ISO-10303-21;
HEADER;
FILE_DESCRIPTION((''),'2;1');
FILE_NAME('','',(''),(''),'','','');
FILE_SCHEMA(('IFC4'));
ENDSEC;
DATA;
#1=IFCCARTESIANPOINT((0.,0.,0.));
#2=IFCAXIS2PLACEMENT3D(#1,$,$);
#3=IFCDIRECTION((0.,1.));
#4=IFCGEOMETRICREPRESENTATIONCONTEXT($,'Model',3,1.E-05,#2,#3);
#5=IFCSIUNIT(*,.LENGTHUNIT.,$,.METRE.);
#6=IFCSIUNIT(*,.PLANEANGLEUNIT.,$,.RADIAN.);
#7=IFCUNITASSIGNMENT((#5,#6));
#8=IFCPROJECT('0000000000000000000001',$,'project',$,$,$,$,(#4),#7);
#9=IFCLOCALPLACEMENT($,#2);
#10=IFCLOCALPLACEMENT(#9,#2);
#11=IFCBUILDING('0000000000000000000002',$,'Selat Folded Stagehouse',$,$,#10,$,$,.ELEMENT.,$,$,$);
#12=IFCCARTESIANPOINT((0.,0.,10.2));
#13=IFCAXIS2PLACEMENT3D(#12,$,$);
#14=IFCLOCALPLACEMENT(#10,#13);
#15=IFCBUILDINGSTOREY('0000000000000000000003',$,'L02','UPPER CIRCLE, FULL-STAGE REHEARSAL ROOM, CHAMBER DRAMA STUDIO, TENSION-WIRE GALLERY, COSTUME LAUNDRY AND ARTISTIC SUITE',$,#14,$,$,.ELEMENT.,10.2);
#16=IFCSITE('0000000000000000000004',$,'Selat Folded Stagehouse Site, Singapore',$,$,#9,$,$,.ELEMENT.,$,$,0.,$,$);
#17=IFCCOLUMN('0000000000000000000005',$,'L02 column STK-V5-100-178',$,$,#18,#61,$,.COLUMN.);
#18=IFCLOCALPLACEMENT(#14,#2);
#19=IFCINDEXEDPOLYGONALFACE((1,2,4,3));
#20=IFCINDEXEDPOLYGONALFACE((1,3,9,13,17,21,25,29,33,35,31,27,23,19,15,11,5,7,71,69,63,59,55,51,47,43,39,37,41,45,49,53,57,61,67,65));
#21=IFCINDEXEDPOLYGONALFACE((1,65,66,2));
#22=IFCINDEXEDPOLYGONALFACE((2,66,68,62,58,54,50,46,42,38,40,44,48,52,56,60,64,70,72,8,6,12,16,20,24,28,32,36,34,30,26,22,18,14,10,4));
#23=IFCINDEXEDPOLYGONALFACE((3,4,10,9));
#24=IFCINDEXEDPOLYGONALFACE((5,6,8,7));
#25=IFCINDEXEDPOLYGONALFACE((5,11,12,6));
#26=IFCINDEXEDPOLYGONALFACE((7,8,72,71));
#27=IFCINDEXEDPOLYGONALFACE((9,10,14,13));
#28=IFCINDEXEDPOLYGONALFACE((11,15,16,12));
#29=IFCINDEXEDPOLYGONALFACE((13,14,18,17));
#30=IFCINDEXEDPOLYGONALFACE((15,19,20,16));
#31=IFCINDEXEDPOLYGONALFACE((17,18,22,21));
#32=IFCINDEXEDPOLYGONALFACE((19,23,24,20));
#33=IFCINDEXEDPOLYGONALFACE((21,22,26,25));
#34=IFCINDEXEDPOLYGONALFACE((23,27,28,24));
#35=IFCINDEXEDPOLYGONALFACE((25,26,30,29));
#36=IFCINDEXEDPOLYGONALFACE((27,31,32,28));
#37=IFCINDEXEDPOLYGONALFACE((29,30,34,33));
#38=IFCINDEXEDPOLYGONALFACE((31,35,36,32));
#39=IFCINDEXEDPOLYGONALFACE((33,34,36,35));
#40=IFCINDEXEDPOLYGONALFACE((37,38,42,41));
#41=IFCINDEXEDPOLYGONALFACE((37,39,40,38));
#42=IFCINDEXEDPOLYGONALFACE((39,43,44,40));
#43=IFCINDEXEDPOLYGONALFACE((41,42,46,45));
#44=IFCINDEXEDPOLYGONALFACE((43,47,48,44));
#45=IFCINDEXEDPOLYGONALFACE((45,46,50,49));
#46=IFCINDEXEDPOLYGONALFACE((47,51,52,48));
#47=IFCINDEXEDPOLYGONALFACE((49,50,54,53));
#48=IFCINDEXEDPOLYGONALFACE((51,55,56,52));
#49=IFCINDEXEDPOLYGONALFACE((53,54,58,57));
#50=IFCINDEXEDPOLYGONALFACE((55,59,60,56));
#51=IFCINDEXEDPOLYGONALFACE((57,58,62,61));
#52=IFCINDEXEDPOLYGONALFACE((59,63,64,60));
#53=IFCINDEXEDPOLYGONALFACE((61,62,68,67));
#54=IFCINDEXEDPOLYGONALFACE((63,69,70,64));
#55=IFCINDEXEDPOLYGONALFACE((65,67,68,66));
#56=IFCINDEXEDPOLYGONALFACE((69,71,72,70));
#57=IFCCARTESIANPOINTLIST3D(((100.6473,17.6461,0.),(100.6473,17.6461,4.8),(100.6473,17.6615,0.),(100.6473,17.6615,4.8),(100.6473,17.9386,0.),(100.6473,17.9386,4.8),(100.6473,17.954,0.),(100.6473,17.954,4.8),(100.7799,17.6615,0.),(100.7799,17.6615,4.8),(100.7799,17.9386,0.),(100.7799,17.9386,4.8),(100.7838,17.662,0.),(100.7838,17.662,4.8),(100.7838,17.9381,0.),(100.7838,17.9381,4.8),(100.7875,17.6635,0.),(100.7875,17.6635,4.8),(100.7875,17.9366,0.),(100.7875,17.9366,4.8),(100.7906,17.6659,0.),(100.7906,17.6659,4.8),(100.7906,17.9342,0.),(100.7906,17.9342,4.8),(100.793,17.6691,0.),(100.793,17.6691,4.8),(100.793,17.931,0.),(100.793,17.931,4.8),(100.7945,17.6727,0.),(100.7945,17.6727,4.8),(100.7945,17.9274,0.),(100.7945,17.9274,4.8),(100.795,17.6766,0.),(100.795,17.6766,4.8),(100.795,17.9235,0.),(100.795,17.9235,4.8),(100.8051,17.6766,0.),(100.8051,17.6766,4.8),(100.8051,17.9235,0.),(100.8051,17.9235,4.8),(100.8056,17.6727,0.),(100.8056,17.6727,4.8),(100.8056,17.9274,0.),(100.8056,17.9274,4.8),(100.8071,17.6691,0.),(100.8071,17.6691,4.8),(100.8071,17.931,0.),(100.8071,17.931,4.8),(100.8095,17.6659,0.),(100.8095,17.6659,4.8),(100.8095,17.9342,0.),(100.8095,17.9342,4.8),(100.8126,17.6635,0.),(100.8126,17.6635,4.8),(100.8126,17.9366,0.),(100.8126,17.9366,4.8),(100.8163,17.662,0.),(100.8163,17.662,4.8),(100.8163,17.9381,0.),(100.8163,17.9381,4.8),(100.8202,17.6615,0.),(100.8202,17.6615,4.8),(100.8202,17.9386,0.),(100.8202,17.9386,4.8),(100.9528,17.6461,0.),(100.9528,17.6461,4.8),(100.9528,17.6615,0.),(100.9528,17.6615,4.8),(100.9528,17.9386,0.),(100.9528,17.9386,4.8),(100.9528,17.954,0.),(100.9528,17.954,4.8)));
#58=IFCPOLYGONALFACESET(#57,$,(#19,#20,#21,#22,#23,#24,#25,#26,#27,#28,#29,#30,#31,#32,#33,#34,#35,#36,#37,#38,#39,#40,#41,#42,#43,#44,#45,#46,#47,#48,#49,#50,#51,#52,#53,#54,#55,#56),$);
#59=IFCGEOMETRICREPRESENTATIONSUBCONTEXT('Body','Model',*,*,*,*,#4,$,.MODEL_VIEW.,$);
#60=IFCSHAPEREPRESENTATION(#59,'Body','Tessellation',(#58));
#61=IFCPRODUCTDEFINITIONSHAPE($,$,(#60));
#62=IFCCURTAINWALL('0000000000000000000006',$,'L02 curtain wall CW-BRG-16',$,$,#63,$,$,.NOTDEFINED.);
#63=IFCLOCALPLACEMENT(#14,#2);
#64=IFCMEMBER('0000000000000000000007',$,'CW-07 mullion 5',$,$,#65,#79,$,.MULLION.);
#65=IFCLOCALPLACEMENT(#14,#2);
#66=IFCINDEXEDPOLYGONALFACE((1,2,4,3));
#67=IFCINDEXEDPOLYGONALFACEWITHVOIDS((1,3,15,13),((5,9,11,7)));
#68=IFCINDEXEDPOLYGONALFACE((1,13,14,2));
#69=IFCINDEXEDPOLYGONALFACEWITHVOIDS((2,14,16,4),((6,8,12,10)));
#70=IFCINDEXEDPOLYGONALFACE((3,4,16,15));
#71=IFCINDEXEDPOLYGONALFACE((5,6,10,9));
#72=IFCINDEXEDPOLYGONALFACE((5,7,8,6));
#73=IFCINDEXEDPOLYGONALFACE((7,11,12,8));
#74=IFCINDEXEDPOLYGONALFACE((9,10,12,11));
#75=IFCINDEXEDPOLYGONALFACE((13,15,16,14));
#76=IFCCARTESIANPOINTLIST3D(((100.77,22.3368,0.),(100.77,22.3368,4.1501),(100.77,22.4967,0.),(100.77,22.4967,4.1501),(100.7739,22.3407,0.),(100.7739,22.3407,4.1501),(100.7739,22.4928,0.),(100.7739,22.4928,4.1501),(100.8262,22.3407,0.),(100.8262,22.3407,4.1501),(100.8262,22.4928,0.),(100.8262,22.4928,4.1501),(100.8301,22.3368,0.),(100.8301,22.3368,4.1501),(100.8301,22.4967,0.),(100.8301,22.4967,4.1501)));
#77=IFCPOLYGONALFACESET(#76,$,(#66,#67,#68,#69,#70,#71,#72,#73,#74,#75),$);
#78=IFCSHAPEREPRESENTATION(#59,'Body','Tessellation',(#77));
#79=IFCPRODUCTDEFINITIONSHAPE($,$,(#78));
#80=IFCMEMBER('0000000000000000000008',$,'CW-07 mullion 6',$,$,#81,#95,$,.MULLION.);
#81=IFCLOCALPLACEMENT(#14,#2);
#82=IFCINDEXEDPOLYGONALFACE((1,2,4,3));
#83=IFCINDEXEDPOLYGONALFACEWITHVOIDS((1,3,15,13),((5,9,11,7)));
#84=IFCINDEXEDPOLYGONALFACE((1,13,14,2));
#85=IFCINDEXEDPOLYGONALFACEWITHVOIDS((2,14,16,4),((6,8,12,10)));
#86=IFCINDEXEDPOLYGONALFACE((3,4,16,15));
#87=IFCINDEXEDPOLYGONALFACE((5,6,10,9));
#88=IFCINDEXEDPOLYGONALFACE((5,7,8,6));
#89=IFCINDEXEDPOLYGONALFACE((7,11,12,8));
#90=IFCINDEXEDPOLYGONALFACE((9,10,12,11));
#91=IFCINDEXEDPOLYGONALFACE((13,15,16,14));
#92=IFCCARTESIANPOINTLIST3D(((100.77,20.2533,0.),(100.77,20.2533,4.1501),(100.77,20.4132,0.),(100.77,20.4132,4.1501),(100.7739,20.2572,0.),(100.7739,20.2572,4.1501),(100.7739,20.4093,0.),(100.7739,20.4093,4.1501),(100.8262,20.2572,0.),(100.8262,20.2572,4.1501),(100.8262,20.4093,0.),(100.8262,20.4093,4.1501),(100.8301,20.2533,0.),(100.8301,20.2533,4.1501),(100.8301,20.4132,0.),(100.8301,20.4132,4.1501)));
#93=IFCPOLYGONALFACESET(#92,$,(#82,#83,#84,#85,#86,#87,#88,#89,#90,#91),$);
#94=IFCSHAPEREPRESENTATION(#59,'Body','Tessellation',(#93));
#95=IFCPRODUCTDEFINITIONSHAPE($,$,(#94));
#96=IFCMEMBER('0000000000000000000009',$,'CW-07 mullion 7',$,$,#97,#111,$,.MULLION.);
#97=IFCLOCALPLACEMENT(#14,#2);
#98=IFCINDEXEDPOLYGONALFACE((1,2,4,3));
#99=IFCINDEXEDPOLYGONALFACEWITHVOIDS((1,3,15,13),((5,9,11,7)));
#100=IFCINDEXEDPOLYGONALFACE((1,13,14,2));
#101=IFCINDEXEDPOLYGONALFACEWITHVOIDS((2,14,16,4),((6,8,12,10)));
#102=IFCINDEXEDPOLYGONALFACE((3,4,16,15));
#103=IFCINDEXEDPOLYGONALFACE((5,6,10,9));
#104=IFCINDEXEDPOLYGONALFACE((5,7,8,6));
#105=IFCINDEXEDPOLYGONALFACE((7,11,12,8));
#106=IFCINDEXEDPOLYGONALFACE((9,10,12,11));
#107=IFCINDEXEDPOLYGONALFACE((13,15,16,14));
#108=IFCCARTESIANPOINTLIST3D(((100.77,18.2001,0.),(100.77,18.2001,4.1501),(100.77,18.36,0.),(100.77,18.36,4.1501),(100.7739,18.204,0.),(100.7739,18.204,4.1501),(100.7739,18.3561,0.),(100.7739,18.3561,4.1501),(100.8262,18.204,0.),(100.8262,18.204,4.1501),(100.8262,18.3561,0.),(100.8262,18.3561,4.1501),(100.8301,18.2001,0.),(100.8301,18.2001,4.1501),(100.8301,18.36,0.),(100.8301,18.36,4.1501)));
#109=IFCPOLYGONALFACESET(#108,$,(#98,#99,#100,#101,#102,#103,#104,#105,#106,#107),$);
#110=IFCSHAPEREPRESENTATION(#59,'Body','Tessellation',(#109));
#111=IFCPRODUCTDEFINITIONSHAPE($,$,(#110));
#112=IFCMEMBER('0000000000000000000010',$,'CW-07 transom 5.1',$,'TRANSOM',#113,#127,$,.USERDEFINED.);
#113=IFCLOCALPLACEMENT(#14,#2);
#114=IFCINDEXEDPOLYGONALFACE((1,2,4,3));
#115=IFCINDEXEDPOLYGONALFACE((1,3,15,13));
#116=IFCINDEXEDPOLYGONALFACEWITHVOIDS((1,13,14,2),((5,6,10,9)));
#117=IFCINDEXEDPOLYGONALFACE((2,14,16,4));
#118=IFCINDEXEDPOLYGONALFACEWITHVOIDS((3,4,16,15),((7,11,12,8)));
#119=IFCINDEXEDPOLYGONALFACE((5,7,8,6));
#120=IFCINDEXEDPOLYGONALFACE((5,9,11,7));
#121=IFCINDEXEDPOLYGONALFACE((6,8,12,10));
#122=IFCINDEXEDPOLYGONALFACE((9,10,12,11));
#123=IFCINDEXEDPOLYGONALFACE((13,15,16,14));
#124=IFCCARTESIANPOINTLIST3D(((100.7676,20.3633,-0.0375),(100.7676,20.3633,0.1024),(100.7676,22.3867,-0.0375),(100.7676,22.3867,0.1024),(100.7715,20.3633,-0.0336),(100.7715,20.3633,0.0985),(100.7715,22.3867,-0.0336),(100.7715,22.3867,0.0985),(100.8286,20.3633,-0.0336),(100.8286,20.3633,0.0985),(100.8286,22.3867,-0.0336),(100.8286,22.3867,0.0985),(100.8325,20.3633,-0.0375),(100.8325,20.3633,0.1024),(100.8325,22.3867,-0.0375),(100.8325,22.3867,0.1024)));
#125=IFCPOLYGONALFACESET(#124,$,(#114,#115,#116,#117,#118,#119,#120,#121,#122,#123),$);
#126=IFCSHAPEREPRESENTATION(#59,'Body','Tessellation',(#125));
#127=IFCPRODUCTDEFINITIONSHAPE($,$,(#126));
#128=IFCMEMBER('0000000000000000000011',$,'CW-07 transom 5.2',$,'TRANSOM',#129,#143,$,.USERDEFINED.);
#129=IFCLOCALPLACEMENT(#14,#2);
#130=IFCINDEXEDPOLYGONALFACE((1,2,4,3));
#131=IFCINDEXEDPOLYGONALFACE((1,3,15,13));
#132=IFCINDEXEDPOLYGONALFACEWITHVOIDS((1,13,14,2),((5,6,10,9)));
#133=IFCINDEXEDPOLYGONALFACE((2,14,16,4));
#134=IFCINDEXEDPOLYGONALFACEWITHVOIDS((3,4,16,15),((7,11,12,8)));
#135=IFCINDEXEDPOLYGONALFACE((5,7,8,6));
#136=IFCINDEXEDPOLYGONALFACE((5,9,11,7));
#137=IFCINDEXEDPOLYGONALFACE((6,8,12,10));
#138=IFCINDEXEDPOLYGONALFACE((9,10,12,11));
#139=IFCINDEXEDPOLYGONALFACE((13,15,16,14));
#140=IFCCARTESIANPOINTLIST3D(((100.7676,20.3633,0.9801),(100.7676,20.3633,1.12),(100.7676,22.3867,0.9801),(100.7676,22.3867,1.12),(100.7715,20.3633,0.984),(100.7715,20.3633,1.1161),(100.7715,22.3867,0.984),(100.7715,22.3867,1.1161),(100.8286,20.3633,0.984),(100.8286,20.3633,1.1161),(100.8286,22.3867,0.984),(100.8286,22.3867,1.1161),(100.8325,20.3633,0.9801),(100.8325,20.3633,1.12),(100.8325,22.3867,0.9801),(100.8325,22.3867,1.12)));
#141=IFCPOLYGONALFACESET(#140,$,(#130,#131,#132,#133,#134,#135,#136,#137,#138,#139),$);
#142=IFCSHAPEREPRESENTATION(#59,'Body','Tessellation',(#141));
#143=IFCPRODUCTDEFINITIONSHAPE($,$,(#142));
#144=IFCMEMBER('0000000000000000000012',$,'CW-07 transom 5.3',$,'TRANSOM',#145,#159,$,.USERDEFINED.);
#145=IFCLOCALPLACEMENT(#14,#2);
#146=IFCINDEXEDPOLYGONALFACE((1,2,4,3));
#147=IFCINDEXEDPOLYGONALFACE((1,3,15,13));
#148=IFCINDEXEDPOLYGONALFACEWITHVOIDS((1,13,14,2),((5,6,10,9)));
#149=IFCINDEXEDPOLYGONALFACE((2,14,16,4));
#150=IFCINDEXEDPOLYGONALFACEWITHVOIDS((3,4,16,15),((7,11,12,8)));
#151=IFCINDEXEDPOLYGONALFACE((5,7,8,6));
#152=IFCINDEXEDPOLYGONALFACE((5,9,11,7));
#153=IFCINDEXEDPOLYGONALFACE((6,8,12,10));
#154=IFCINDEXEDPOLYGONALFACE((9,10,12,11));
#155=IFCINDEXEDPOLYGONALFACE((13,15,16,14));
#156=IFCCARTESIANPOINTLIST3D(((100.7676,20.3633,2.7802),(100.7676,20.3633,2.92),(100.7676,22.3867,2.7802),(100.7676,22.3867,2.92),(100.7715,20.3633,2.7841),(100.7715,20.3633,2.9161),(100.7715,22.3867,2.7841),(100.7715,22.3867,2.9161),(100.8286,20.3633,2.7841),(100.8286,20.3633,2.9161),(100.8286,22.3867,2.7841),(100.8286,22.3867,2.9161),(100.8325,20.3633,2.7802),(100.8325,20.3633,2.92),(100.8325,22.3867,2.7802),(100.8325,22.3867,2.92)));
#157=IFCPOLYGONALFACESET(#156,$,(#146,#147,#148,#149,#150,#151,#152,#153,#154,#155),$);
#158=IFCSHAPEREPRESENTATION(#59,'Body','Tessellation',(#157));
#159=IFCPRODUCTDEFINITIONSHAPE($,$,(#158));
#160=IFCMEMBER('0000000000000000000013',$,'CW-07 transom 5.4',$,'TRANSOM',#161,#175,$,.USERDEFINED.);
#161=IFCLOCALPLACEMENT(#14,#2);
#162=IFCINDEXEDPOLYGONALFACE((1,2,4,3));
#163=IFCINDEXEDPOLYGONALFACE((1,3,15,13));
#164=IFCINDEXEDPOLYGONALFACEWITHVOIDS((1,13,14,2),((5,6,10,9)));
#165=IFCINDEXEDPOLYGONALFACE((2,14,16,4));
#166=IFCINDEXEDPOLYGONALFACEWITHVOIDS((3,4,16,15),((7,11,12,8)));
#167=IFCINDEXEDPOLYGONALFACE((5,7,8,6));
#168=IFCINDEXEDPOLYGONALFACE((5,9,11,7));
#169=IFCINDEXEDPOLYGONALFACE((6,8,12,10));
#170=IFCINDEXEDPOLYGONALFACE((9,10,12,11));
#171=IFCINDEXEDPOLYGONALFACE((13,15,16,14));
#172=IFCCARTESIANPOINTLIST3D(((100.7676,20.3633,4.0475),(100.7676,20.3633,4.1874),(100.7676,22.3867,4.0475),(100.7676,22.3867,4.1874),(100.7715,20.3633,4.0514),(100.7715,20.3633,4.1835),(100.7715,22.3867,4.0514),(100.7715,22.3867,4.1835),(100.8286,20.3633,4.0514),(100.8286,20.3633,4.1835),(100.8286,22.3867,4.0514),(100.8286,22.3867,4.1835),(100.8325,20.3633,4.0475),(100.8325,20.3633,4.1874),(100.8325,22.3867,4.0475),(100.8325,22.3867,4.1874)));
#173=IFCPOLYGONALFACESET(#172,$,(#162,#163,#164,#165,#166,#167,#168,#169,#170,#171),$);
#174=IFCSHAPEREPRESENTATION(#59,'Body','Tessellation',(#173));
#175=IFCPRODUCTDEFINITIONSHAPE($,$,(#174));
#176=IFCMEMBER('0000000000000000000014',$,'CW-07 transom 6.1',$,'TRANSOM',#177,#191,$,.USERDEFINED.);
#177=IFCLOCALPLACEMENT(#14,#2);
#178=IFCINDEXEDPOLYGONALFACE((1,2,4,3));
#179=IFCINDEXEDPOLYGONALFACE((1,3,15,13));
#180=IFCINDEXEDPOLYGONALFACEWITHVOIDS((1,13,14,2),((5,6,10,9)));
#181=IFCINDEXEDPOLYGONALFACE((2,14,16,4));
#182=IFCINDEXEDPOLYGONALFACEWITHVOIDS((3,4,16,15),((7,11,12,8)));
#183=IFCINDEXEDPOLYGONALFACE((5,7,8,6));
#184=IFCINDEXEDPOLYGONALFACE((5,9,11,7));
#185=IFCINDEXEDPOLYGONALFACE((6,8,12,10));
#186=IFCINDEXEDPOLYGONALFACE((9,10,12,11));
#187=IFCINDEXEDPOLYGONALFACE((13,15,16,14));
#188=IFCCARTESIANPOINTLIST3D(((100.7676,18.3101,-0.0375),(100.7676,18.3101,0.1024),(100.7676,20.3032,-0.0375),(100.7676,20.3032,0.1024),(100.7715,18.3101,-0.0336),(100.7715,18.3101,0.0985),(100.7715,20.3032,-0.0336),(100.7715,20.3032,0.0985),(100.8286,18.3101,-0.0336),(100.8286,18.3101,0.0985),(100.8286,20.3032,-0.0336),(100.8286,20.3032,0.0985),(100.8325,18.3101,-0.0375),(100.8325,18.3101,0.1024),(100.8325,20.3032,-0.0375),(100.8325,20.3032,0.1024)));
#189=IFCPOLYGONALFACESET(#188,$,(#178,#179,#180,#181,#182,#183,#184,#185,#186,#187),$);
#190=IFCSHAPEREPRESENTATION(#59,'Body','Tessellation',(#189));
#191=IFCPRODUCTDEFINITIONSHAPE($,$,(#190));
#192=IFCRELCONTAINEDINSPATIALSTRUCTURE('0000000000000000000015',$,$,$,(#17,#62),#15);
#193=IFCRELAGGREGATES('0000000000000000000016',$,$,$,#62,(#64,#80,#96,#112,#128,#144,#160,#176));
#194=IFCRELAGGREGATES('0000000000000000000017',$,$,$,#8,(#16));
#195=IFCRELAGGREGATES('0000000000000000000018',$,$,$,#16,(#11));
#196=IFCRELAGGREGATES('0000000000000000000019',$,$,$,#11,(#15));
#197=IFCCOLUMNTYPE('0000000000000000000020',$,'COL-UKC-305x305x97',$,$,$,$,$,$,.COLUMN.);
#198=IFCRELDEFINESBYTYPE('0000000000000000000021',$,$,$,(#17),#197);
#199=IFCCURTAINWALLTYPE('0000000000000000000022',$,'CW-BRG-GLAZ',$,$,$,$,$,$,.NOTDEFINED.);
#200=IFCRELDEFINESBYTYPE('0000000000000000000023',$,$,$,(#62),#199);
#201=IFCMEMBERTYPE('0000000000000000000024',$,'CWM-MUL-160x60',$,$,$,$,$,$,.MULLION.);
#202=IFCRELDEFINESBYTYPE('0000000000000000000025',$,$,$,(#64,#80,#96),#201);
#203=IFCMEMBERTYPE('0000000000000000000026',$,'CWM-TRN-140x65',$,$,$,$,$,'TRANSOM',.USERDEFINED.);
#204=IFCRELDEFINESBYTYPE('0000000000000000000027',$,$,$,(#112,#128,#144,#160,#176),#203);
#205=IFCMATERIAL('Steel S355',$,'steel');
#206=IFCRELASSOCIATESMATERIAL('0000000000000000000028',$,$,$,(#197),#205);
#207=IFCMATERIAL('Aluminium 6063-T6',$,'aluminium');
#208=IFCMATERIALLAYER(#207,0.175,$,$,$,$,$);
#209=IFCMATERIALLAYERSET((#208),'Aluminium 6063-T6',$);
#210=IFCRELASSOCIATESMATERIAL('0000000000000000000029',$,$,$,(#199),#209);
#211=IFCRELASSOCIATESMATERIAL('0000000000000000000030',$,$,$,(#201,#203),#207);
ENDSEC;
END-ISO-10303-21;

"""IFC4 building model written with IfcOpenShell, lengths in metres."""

from ifc_helpers import new_model, si_unit, direction, frame, origin, origin_2d, place, context, subcontext, project, spatial, hollow_rectangle, i_section, extrude, material, layer, layer_set, material_profile, profile_set, type_object, element, aggregate, save


model = new_model("IFC4")

# Units and contexts
model_context = context("Model", 3, precision=1e-05, world=origin(), true_north=direction((0.0, 1.0)))
body_context = subcontext(model_context, "Body", "Model", "MODEL_VIEW")
ifc_project = project(units=[si_unit("LENGTHUNIT", "METRE"), si_unit("PLANEANGLEUNIT", "RADIAN")], contexts=[model_context])

# Site, building, storey
site_placement = place(None, origin())
site = spatial("IfcSite", under=ifc_project, at=site_placement, Name="Selat Folded Stagehouse Site, Singapore", CompositionType="ELEMENT", RefElevation=0.0)
building_placement = place(site_placement, origin())
building = spatial("IfcBuilding", under=site, at=building_placement, Name="Selat Folded Stagehouse", CompositionType="ELEMENT")
storey_placement = place(building_placement, frame((0.0, 0.0, 10.2)))
storey = spatial("IfcBuildingStorey", under=building, at=storey_placement, Name="L02", Description="UPPER CIRCLE, FULL-STAGE REHEARSAL ROOM, CHAMBER DRAMA STUDIO, TENSION-WIRE GALLERY, COSTUME LAUNDRY AND ARTISTIC SUITE", CompositionType="ELEMENT", Elevation=10.2)

# Column
ifc_material_1 = material(Name="Steel S355", Category="steel")
ifc_material_profile_1 = material_profile(ifc_material_1, i_section(OverallWidth=0.3054, OverallDepth=0.3079, WebThickness=0.01, FlangeThickness=0.0154, FilletRadius=0.0151, at=origin_2d()), Name="UKC 305x305x97")
ifc_profile_set_1 = profile_set([ifc_material_profile_1], Name="Steel S355")
column_type = type_object("IfcColumnType", Name="COL-UKC-305x305x97", PredefinedType="COLUMN", material=ifc_profile_set_1)
column_placement = place(storey_placement, frame((100.8, 17.8, 0.0), z_axis=(0.0, 0.0, 1.0), x_axis=(1.0, 0.0, 0.0)))
element("IfcColumn", 1, at=column_placement, inside=storey, type_object=column_type, Name="L02 column STK-V5-100-178", PredefinedType="COLUMN", context=body_context, shape_type="SweptSolid", body=[
    extrude(i_section(OverallWidth=0.3054, OverallDepth=0.3079, WebThickness=0.01, FlangeThickness=0.0154, FilletRadius=0.0151, at=origin_2d()), origin(), (0.0, 0.0, 1.0), 4.8),
])

# Curtain wall, members
ifc_material_2 = material(Name="Aluminium 6063-T6", Category="aluminium")
ifc_layer_1 = layer(ifc_material_2, 0.175)
ifc_layer_set_1 = layer_set([ifc_layer_1], Name="Aluminium 6063-T6")
curtain_wall_type = type_object("IfcCurtainWallType", Name="CW-BRG-GLAZ", PredefinedType="NOTDEFINED", material=ifc_layer_set_1)
curtain_wall_placement = place(storey_placement, origin())
curtain_wall = element("IfcCurtainWall", 2, at=curtain_wall_placement, inside=storey, type_object=curtain_wall_type, Name="L02 curtain wall CW-BRG-16", PredefinedType="NOTDEFINED")
ifc_material_profile_2 = material_profile(ifc_material_2, hollow_rectangle(XDim=0.0601, YDim=0.1599, WallThickness=0.0039, at=origin_2d()), Name="ALU 160x60x4.0")
ifc_profile_set_2 = profile_set([ifc_material_profile_2], Name="Aluminium 6063-T6")
member_type_1 = type_object("IfcMemberType", Name="CWM-MUL-160x60", PredefinedType="MULLION", material=ifc_profile_set_2)
member_1_placement = place(storey_placement, frame((100.8, 22.4167, 0.0), z_axis=(0.0, 0.0, 1.0), x_axis=(1.0, 0.0, 0.0)))
member_1 = element("IfcMember", 3, at=member_1_placement, type_object=member_type_1, Name="CW-07 mullion 5", PredefinedType="MULLION", context=body_context, shape_type="SweptSolid", body=[
    extrude(hollow_rectangle(XDim=0.0601, YDim=0.1599, WallThickness=0.0039, at=origin_2d()), origin(), (0.0, 0.0, 1.0), 4.1501),
])
member_2_placement = place(storey_placement, frame((100.8, 20.3333, 0.0), z_axis=(0.0, 0.0, 1.0), x_axis=(1.0, 0.0, 0.0)))
member_2 = element("IfcMember", 4, at=member_2_placement, type_object=member_type_1, Name="CW-07 mullion 6", PredefinedType="MULLION", context=body_context, shape_type="SweptSolid", body=[
    extrude(hollow_rectangle(XDim=0.0601, YDim=0.1599, WallThickness=0.0039, at=origin_2d()), origin(), (0.0, 0.0, 1.0), 4.1501),
])
member_3_placement = place(storey_placement, frame((100.8, 18.28, 0.0), z_axis=(0.0, 0.0, 1.0), x_axis=(1.0, 0.0, 0.0)))
member_3 = element("IfcMember", 5, at=member_3_placement, type_object=member_type_1, Name="CW-07 mullion 7", PredefinedType="MULLION", context=body_context, shape_type="SweptSolid", body=[
    extrude(hollow_rectangle(XDim=0.0601, YDim=0.1599, WallThickness=0.0039, at=origin_2d()), origin(), (0.0, 0.0, 1.0), 4.1501),
])
ifc_material_profile_3 = material_profile(ifc_material_2, hollow_rectangle(XDim=0.0649, YDim=0.1399, WallThickness=0.0039, at=origin_2d()), Name="ALU 140x65x4.0")
ifc_profile_set_3 = profile_set([ifc_material_profile_3], Name="Aluminium 6063-T6")
member_type_2 = type_object("IfcMemberType", Name="CWM-TRN-140x65", ElementType="TRANSOM", PredefinedType="USERDEFINED", material=ifc_profile_set_3)
member_4_placement = place(storey_placement, frame((100.8, 22.3867, 0.0325), z_axis=(0.0, -1.0, 0.0), x_axis=(1.0, 0.0, 0.0)))
member_4 = element("IfcMember", 6, at=member_4_placement, type_object=member_type_2, Name="CW-07 transom 5.1", ObjectType="TRANSOM", PredefinedType="USERDEFINED", context=body_context, shape_type="SweptSolid", body=[
    extrude(hollow_rectangle(XDim=0.0649, YDim=0.1399, WallThickness=0.0039, at=origin_2d()), origin(), (0.0, 0.0, 1.0), 2.0234),
])
member_5_placement = place(storey_placement, frame((100.8, 22.3867, 1.05), z_axis=(0.0, -1.0, 0.0), x_axis=(1.0, 0.0, 0.0)))
member_5 = element("IfcMember", 7, at=member_5_placement, type_object=member_type_2, Name="CW-07 transom 5.2", ObjectType="TRANSOM", PredefinedType="USERDEFINED", context=body_context, shape_type="SweptSolid", body=[
    extrude(hollow_rectangle(XDim=0.0649, YDim=0.1399, WallThickness=0.0039, at=origin_2d()), origin(), (0.0, 0.0, 1.0), 2.0234),
])
member_6_placement = place(storey_placement, frame((100.8, 22.3867, 2.8501), z_axis=(0.0, -1.0, 0.0), x_axis=(1.0, 0.0, 0.0)))
member_6 = element("IfcMember", 8, at=member_6_placement, type_object=member_type_2, Name="CW-07 transom 5.3", ObjectType="TRANSOM", PredefinedType="USERDEFINED", context=body_context, shape_type="SweptSolid", body=[
    extrude(hollow_rectangle(XDim=0.0649, YDim=0.1399, WallThickness=0.0039, at=origin_2d()), origin(), (0.0, 0.0, 1.0), 2.0234),
])
member_7_placement = place(storey_placement, frame((100.8, 22.3867, 4.1174), z_axis=(0.0, -1.0, 0.0), x_axis=(1.0, 0.0, 0.0)))
member_7 = element("IfcMember", 9, at=member_7_placement, type_object=member_type_2, Name="CW-07 transom 5.4", ObjectType="TRANSOM", PredefinedType="USERDEFINED", context=body_context, shape_type="SweptSolid", body=[
    extrude(hollow_rectangle(XDim=0.0649, YDim=0.1399, WallThickness=0.0039, at=origin_2d()), origin(), (0.0, 0.0, 1.0), 2.0234),
])
member_8_placement = place(storey_placement, frame((100.8, 20.3032, 0.0325), z_axis=(0.0, -1.0, 0.0), x_axis=(1.0, 0.0, 0.0)))
member_8 = element("IfcMember", 10, at=member_8_placement, type_object=member_type_2, Name="CW-07 transom 6.1", ObjectType="TRANSOM", PredefinedType="USERDEFINED", context=body_context, shape_type="SweptSolid", body=[
    extrude(hollow_rectangle(XDim=0.0649, YDim=0.1399, WallThickness=0.0039, at=origin_2d()), origin(), (0.0, 0.0, 1.0), 1.9932),
])
aggregate(curtain_wall, [member_1, member_2, member_3, member_4, member_5, member_6, member_7, member_8])

save(model, "model.ifc")
